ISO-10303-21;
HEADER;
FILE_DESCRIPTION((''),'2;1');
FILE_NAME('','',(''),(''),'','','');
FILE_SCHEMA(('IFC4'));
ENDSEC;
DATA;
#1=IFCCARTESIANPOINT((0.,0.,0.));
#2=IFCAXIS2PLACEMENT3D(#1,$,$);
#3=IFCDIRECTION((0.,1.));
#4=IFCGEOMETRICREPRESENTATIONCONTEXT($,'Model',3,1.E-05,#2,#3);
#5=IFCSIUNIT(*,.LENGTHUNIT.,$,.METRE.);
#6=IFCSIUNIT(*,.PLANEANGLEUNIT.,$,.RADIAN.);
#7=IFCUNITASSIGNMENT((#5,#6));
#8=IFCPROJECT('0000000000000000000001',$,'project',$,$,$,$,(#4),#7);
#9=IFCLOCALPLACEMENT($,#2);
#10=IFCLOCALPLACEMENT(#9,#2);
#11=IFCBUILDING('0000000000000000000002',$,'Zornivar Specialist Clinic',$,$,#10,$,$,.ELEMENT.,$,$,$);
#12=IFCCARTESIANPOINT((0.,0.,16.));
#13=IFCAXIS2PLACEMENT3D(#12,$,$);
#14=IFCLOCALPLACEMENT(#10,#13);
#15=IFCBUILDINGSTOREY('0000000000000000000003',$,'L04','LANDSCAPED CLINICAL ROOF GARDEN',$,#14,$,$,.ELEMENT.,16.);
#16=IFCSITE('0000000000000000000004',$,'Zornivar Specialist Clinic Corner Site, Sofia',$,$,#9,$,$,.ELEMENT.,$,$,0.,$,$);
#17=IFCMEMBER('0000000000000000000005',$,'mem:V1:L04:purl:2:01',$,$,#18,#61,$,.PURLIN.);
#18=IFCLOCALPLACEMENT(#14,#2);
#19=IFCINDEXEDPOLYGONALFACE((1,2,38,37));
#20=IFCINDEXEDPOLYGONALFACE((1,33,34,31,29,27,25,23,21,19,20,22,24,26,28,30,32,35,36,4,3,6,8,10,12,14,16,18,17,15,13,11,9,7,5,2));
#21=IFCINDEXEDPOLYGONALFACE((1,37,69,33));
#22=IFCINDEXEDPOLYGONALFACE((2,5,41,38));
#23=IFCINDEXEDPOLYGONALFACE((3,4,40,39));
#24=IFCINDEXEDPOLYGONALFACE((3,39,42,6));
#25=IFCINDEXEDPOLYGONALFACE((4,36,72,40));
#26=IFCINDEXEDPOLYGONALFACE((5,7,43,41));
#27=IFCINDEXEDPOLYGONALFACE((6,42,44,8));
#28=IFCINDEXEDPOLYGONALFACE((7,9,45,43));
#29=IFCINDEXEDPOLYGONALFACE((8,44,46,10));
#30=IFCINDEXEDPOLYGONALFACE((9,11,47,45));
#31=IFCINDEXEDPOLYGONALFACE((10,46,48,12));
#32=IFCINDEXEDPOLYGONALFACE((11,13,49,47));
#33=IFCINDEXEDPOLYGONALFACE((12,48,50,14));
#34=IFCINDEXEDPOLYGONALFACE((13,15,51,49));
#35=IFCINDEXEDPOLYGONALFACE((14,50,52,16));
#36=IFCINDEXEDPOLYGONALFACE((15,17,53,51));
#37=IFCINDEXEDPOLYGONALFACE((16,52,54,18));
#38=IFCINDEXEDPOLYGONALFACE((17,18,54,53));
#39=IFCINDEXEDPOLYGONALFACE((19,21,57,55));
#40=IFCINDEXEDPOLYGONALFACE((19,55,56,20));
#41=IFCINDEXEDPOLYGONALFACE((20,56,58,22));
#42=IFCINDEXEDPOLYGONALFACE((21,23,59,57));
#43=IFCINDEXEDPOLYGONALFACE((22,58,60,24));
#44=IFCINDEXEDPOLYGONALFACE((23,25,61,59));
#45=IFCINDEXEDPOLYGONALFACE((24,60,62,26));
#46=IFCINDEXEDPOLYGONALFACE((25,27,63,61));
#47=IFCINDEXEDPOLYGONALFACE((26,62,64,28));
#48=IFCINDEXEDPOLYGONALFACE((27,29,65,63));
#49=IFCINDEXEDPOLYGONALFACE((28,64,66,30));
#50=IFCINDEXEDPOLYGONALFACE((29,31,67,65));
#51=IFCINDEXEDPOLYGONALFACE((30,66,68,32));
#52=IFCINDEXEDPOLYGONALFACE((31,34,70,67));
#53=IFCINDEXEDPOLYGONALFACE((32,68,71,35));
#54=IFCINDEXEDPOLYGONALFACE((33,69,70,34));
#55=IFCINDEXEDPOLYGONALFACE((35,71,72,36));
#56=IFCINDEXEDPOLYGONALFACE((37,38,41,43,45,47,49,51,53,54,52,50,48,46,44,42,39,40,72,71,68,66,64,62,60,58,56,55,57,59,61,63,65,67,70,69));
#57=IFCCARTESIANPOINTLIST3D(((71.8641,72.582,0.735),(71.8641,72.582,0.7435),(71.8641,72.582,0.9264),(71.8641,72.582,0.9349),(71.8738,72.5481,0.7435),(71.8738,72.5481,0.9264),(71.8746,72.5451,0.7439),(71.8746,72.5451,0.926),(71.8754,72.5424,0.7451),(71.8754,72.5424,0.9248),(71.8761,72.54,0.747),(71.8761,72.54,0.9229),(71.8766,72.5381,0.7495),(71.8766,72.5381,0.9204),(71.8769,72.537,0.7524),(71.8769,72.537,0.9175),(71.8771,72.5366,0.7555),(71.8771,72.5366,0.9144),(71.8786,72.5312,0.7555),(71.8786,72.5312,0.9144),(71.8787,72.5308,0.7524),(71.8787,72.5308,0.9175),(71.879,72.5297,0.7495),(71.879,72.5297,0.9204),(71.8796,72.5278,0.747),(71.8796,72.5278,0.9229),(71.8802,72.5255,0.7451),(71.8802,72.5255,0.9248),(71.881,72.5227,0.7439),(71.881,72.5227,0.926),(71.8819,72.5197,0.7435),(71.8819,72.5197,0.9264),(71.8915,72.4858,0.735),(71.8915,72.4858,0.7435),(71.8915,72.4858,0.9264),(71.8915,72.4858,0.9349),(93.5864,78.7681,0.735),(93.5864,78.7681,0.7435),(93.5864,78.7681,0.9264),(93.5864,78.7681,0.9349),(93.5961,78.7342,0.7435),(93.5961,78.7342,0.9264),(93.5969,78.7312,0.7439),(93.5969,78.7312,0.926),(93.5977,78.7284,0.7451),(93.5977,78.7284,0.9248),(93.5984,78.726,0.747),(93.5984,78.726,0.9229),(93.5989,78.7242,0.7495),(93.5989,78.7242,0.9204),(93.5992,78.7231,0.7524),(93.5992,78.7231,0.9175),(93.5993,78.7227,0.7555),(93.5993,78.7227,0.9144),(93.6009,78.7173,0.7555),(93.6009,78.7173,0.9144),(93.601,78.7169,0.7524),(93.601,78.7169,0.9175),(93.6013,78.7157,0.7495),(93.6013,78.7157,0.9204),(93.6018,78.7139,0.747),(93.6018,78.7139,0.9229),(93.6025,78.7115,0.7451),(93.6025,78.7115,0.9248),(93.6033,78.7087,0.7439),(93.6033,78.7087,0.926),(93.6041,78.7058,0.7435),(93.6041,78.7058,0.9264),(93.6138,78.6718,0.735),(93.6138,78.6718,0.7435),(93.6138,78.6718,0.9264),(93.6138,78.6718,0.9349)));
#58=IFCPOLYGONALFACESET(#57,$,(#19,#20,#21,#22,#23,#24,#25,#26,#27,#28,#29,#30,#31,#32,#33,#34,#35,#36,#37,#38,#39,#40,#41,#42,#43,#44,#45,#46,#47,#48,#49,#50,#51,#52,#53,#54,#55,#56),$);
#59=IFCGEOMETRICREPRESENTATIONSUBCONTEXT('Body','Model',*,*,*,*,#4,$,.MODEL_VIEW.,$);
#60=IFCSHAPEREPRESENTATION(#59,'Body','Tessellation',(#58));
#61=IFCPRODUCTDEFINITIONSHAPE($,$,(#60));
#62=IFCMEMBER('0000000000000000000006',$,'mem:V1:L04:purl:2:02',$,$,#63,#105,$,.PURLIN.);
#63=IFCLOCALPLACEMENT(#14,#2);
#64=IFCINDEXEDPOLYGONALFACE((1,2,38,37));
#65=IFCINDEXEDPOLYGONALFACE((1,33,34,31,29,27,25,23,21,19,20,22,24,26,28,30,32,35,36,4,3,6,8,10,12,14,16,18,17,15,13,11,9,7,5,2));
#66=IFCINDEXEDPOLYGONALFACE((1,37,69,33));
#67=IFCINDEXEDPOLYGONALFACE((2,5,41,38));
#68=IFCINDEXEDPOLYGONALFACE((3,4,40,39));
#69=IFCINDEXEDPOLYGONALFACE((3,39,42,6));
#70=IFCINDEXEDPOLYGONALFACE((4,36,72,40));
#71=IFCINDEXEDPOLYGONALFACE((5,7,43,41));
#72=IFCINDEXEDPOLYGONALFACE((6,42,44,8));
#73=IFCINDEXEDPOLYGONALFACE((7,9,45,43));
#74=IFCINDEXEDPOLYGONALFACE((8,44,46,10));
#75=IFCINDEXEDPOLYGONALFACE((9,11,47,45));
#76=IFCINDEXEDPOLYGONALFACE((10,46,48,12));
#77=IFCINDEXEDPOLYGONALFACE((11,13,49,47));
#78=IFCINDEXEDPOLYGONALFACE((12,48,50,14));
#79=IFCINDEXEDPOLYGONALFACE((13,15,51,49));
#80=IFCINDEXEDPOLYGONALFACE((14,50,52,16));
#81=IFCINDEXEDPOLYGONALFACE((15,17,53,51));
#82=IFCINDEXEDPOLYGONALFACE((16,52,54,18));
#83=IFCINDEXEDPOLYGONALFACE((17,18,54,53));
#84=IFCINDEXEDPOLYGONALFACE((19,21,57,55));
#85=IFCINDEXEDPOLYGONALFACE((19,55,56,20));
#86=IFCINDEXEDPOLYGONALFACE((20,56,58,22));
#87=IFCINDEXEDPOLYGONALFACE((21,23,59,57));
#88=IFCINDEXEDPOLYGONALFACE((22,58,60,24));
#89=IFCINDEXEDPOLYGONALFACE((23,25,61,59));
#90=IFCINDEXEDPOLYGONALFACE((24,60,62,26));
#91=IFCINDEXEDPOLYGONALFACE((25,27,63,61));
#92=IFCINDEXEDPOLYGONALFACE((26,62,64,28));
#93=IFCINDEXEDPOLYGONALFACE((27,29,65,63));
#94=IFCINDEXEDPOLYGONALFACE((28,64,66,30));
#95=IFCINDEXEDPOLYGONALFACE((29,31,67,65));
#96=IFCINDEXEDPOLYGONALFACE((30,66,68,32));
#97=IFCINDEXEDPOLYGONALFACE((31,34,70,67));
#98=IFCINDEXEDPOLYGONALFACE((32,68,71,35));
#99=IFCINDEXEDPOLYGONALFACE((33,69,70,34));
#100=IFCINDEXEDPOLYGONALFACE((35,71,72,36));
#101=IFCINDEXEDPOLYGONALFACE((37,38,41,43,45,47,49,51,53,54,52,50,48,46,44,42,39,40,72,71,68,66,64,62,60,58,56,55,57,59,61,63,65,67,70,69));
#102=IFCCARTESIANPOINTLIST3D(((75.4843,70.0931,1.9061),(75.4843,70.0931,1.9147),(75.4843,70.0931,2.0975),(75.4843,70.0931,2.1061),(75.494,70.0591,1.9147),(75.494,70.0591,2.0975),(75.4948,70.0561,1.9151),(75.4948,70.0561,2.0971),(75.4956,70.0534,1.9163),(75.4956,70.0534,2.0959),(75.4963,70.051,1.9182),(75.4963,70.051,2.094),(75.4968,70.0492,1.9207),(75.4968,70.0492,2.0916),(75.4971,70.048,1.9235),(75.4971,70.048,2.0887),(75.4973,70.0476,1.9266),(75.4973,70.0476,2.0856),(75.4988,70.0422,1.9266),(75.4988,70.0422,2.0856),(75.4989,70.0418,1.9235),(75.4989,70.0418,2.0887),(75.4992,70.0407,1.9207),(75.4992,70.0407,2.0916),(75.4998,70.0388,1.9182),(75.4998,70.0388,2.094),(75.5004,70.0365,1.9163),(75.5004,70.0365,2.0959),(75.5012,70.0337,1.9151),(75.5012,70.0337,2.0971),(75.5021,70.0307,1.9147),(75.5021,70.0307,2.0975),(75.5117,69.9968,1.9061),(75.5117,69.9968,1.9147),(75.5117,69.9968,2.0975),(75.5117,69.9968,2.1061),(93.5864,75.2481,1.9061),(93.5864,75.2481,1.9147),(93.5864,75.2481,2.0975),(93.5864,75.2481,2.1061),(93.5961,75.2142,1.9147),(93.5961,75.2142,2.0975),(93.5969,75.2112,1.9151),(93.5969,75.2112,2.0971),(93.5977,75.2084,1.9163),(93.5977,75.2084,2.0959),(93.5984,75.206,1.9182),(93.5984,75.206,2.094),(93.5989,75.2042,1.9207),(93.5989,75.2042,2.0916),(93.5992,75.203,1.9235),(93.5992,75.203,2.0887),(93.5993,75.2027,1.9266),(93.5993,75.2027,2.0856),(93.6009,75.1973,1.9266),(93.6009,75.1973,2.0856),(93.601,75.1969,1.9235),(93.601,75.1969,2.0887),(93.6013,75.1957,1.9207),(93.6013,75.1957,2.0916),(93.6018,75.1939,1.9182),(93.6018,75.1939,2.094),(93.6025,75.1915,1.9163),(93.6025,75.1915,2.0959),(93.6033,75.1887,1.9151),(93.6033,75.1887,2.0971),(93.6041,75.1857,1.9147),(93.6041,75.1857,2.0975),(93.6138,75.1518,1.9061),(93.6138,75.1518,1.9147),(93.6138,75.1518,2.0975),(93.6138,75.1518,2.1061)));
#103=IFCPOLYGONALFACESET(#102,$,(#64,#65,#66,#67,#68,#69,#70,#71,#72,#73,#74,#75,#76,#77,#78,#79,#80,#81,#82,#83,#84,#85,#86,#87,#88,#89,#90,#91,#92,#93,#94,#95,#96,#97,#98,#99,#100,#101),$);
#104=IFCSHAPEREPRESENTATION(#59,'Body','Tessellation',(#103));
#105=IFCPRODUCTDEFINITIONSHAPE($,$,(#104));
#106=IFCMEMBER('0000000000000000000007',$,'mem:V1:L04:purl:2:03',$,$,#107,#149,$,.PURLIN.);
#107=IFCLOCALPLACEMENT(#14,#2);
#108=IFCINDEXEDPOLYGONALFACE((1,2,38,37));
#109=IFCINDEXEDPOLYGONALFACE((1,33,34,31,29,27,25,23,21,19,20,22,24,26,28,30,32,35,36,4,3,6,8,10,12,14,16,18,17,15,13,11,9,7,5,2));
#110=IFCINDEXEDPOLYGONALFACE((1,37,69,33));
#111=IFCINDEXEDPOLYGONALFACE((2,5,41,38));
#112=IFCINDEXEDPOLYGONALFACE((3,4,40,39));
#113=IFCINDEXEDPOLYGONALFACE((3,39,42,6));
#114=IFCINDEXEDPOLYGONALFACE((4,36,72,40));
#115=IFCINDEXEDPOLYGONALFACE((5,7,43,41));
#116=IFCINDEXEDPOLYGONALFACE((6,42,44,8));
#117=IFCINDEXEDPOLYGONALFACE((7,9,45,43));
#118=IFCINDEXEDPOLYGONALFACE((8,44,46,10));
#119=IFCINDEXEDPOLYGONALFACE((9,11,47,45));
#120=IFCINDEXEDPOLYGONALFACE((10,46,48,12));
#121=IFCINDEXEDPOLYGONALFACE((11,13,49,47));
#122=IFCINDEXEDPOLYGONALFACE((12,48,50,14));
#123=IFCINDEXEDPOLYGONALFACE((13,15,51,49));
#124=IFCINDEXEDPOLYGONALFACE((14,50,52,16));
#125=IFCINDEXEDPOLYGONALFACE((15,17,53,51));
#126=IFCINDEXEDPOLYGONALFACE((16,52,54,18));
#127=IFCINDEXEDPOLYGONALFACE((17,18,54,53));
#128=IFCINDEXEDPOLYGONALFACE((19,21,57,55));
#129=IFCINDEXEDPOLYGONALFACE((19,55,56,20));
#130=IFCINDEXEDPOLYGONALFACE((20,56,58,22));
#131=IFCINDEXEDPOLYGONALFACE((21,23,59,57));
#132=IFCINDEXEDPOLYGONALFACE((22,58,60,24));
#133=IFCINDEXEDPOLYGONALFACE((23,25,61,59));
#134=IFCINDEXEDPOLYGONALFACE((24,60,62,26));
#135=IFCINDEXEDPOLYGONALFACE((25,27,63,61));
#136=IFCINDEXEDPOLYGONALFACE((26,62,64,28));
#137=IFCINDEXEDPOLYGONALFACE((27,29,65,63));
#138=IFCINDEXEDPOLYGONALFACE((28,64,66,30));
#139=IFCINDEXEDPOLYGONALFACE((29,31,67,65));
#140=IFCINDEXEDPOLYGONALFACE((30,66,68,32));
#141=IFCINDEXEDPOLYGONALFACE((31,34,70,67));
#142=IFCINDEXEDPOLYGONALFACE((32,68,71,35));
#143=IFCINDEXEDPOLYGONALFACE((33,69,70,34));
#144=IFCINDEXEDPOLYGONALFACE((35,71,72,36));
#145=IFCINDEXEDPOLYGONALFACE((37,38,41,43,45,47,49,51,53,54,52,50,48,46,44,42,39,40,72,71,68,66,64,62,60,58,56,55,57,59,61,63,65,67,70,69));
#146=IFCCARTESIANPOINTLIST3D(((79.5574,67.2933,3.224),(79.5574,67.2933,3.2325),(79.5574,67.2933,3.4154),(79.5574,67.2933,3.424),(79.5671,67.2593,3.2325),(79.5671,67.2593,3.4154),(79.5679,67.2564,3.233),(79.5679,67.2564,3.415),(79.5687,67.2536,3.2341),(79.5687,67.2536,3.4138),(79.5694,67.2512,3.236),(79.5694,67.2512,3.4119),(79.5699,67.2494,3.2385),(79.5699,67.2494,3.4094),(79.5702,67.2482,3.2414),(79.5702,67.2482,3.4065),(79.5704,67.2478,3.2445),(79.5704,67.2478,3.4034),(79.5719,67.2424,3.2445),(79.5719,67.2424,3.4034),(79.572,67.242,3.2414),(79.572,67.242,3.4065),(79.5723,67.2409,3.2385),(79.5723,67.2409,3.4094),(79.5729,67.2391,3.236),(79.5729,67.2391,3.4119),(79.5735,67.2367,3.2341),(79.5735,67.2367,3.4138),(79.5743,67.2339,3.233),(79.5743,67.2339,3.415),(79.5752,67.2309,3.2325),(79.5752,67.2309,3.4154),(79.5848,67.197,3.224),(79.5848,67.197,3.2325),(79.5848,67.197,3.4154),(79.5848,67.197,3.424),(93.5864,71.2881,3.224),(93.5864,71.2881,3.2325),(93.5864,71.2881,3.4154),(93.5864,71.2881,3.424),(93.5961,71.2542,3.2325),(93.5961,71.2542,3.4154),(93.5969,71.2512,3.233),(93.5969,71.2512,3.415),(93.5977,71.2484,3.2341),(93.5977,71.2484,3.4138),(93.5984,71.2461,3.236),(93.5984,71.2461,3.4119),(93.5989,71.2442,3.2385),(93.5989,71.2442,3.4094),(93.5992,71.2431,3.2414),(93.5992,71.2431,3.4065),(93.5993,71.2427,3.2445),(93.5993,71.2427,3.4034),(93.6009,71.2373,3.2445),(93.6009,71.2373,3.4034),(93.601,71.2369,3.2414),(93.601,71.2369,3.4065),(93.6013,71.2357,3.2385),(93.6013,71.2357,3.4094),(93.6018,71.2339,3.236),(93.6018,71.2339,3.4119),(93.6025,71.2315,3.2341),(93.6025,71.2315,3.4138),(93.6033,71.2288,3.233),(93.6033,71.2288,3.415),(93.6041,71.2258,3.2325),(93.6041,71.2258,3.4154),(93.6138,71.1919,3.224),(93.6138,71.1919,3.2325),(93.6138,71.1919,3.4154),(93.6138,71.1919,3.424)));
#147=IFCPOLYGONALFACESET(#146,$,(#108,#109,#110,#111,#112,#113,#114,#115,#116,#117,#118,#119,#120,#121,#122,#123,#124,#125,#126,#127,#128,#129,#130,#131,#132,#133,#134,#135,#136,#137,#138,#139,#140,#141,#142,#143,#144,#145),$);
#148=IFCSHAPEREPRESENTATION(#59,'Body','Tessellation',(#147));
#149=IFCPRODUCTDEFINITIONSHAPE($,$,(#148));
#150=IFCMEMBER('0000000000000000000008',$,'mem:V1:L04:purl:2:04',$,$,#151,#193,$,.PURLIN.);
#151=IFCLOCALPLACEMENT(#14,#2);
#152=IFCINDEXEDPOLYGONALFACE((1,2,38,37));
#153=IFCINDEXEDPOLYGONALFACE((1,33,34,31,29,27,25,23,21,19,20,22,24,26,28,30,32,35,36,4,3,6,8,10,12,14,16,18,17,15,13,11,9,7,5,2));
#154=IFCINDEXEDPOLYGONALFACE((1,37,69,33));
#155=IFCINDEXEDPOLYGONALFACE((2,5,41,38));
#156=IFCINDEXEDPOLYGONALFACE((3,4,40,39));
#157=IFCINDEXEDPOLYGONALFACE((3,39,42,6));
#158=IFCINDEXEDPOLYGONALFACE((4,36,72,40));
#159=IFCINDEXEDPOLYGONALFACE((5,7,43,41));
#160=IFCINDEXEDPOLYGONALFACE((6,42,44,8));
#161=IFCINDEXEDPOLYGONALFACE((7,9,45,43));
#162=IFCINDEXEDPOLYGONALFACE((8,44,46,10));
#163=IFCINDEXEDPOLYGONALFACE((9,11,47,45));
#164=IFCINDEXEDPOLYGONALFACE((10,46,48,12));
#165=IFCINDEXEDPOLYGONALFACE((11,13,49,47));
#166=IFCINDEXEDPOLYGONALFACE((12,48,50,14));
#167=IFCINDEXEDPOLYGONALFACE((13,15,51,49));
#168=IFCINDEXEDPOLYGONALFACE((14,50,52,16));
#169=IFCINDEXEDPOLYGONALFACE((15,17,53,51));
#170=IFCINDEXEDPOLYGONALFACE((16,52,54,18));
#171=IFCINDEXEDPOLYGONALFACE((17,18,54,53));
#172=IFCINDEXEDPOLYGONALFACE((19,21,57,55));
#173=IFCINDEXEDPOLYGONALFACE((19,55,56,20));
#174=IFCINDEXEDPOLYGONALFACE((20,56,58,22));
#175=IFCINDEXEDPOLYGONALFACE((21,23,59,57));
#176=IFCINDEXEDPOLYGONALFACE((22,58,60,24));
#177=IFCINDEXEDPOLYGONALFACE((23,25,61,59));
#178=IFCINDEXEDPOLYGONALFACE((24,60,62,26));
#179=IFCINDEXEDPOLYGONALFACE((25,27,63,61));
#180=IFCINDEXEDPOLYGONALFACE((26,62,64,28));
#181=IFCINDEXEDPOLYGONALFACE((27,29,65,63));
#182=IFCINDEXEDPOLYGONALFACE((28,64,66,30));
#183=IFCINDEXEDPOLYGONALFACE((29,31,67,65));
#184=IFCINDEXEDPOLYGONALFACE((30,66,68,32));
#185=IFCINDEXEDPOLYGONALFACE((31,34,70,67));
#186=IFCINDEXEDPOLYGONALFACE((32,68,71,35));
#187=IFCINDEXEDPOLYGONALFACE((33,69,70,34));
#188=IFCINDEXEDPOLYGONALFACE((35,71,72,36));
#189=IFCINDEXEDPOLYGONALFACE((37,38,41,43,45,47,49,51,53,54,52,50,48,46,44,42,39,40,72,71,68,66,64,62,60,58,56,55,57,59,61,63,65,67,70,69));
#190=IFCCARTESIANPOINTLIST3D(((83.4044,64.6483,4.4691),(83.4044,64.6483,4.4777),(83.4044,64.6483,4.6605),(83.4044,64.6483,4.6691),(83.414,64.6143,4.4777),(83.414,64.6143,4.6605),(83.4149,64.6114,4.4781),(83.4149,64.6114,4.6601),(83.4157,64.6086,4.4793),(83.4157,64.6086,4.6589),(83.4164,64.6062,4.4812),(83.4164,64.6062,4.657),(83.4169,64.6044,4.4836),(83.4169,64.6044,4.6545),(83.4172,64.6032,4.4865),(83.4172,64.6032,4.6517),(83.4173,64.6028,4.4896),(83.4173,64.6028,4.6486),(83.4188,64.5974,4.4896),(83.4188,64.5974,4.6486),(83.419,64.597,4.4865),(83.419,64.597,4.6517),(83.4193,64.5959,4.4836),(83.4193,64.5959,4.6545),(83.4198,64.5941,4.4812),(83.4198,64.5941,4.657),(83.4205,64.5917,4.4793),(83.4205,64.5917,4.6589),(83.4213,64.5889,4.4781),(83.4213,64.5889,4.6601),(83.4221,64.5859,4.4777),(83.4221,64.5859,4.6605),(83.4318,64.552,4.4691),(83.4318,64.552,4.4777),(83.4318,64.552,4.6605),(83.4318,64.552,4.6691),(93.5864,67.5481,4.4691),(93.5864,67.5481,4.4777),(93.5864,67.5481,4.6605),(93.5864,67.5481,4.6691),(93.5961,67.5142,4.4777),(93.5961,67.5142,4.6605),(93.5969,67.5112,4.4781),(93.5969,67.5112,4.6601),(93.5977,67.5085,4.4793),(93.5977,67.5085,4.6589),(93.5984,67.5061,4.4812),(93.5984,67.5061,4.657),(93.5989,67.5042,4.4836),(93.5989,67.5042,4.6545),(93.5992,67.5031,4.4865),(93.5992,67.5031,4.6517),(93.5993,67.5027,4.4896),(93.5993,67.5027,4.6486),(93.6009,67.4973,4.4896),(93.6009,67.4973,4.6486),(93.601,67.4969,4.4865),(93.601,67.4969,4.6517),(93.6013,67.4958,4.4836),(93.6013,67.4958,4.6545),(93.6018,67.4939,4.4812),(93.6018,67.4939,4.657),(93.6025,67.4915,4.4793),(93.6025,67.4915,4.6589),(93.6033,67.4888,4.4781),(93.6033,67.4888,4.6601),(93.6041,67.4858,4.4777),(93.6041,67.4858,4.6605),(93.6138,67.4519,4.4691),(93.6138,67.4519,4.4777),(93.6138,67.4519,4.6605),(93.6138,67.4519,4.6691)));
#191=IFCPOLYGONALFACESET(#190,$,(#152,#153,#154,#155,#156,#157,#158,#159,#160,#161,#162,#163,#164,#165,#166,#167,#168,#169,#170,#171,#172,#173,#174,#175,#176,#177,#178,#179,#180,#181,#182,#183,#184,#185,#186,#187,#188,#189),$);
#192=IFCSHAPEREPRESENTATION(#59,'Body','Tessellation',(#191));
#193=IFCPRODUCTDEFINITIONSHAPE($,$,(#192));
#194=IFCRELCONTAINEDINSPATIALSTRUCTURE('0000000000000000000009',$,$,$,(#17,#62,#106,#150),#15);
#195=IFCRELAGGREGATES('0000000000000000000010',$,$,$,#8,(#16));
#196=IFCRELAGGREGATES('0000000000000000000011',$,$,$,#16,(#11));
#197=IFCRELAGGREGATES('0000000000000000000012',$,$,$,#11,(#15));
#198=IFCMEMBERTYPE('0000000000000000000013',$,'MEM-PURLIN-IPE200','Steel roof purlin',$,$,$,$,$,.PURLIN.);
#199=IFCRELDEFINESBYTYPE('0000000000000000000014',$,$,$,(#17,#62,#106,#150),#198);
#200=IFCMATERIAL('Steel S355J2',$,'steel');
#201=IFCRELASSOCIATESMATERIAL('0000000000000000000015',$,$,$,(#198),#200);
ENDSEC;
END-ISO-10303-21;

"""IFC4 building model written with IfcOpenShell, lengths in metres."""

from ifc_helpers import new_model, si_unit, direction, frame, origin, origin_2d, place, context, subcontext, project, spatial, i_section, extrude, material, material_profile, profile_set, type_object, element, save


model = new_model("IFC4")

# Units and contexts
model_context = context("Model", 3, precision=1e-05, world=origin(), true_north=direction((0.0, 1.0)))
body_context = subcontext(model_context, "Body", "Model", "MODEL_VIEW")
ifc_project = project(units=[si_unit("LENGTHUNIT", "METRE"), si_unit("PLANEANGLEUNIT", "RADIAN")], contexts=[model_context])

# Site, building, storey
site_placement = place(None, origin())
site = spatial("IfcSite", under=ifc_project, at=site_placement, Name="Zornivar Specialist Clinic Corner Site, Sofia", CompositionType="ELEMENT", RefElevation=0.0)
building_placement = place(site_placement, origin())
building = spatial("IfcBuilding", under=site, at=building_placement, Name="Zornivar Specialist Clinic", CompositionType="ELEMENT")
storey_placement = place(building_placement, frame((0.0, 0.0, 16.0)))
storey = spatial("IfcBuildingStorey", under=building, at=storey_placement, Name="L04", Description="LANDSCAPED CLINICAL ROOF GARDEN", CompositionType="ELEMENT", Elevation=16.0)

# Members
ifc_material_1 = material(Name="Steel S355J2", Category="steel")
ifc_material_profile_1 = material_profile(ifc_material_1, i_section(OverallWidth=0.1001, OverallDepth=0.2, WebThickness=0.0056, FlangeThickness=0.0085, FilletRadius=0.012, at=origin_2d()), Name="IPE 200")
ifc_profile_set_1 = profile_set([ifc_material_profile_1], Name="Steel S355J2")
member_type_1 = type_object("IfcMemberType", Name="MEM-PURLIN-IPE200", Description="Steel roof purlin", PredefinedType="PURLIN", material=ifc_profile_set_1)
member_1_placement = place(storey_placement, frame((93.6001, 78.72, 0.835), z_axis=(-0.961761, -0.27389, 0.0), x_axis=(0.27389, -0.961761, 0.0)))
element("IfcMember", 1, at=member_1_placement, inside=storey, type_object=member_type_1, Name="mem:V1:L04:purl:2:01", PredefinedType="PURLIN", context=body_context, shape_type="SweptSolid", body=[
    extrude(i_section(OverallWidth=0.1001, OverallDepth=0.2, WebThickness=0.0056, FlangeThickness=0.0085, FilletRadius=0.012, at=origin_2d()), origin(), (0.0, 0.0, 1.0), 22.5859),
])
member_2_placement = place(storey_placement, frame((93.6001, 75.2, 2.0061), z_axis=(-0.961762, -0.273887, 0.0), x_axis=(0.273887, -0.961762, 0.0)))
element("IfcMember", 2, at=member_2_placement, inside=storey, type_object=member_type_1, Name="mem:V1:L04:purl:2:02", PredefinedType="PURLIN", context=body_context, shape_type="SweptSolid", body=[
    extrude(i_section(OverallWidth=0.1001, OverallDepth=0.2, WebThickness=0.0056, FlangeThickness=0.0085, FilletRadius=0.012, at=origin_2d()), origin(), (0.0, 0.0, 1.0), 18.8218),
])
member_3_placement = place(storey_placement, frame((93.6001, 71.24, 3.324), z_axis=(-0.961767, -0.27387, 0.0), x_axis=(0.27387, -0.961767, 0.0)))
element("IfcMember", 3, at=member_3_placement, inside=storey, type_object=member_type_1, Name="mem:V1:L04:purl:2:03", PredefinedType="PURLIN", context=body_context, shape_type="SweptSolid", body=[
    extrude(i_section(OverallWidth=0.1001, OverallDepth=0.2, WebThickness=0.0056, FlangeThickness=0.0085, FilletRadius=0.012, at=origin_2d()), origin(), (0.0, 0.0, 1.0), 14.5867),
])
member_4_placement = place(storey_placement, frame((93.6001, 67.5, 4.5691), z_axis=(-0.961755, -0.273911, 0.0), x_axis=(0.273911, -0.961755, 0.0)))
element("IfcMember", 4, at=member_4_placement, inside=storey, type_object=member_type_1, Name="mem:V1:L04:purl:2:04", PredefinedType="PURLIN", context=body_context, shape_type="SweptSolid", body=[
    extrude(i_section(OverallWidth=0.1001, OverallDepth=0.2, WebThickness=0.0056, FlangeThickness=0.0085, FilletRadius=0.012, at=origin_2d()), origin(), (0.0, 0.0, 1.0), 10.5869),
])

save(model, "model.ifc")
